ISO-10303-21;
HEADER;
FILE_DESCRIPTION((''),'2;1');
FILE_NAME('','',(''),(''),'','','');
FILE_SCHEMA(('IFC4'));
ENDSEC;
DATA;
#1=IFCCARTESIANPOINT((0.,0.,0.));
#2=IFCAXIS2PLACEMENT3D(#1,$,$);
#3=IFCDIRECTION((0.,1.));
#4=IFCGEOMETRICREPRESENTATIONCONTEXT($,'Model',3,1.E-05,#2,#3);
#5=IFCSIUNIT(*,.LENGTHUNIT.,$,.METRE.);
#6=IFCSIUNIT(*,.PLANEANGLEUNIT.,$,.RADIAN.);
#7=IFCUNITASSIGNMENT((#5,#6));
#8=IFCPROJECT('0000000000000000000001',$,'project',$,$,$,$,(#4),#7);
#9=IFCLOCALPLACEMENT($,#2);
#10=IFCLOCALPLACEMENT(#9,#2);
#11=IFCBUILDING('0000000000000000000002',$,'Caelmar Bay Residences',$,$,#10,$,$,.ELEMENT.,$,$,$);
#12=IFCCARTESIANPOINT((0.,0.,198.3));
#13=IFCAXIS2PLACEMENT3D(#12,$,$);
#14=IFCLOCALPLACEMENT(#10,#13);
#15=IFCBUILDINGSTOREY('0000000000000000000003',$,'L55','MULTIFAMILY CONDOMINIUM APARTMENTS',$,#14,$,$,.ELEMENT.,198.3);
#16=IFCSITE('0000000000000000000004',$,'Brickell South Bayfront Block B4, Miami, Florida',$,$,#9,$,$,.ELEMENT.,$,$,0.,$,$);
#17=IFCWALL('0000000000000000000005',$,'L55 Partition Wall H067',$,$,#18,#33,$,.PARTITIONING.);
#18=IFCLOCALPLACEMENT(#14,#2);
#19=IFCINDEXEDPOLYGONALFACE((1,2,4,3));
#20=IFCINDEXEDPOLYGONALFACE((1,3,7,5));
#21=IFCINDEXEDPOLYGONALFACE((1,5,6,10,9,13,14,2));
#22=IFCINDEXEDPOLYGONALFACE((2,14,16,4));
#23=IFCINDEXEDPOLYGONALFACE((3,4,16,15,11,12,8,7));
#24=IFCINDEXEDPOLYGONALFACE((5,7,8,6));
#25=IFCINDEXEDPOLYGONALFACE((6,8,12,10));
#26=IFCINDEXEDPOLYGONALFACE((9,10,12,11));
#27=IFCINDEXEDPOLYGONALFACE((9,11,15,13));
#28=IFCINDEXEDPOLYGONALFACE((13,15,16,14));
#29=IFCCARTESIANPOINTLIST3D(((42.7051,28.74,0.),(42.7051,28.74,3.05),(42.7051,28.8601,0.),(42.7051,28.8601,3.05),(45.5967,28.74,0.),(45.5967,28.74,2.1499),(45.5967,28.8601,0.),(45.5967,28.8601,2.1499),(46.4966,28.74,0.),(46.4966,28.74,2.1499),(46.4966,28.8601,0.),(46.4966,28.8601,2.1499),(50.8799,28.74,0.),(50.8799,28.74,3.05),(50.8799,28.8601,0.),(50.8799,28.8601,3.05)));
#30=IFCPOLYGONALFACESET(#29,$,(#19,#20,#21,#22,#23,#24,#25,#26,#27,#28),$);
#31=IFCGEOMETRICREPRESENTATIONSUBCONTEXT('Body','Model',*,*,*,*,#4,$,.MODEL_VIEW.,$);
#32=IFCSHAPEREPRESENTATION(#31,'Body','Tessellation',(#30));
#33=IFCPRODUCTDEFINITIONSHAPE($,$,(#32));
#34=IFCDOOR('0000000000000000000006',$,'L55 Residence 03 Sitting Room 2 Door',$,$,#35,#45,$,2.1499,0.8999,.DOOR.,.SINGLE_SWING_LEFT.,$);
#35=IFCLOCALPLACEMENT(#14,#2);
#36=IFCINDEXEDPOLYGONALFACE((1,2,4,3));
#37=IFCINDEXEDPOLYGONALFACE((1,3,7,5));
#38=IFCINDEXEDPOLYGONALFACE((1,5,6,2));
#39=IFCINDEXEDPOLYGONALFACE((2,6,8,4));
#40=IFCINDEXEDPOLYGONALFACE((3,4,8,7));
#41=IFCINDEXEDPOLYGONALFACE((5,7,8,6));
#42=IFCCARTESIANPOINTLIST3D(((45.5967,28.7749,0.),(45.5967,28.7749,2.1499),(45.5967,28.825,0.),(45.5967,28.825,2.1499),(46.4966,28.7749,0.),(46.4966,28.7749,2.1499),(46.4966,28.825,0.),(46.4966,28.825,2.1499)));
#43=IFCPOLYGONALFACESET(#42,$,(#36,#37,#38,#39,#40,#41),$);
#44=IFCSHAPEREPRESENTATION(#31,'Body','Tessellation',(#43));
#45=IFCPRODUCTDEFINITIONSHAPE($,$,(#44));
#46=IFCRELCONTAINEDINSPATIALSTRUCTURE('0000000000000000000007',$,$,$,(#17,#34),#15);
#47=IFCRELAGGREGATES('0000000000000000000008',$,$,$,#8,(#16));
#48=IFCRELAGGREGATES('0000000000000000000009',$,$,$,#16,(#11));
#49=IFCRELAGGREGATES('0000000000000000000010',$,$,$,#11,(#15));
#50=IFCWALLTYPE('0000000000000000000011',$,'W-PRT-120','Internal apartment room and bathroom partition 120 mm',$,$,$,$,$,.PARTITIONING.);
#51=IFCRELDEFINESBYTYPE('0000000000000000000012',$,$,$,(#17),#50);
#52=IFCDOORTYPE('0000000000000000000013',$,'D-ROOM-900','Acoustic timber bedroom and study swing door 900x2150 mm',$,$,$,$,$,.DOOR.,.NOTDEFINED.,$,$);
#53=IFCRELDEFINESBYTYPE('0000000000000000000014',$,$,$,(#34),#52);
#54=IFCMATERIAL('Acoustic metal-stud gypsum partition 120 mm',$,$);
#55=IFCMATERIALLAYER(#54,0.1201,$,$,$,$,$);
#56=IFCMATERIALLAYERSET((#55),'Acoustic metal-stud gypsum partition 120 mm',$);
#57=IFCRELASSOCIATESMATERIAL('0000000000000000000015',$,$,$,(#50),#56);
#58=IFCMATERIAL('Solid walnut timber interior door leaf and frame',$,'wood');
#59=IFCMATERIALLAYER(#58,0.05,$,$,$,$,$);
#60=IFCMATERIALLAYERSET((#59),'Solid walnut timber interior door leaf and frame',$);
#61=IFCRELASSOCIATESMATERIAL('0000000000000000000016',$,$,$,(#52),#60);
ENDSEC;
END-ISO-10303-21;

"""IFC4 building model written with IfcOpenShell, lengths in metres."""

from ifc_helpers import new_model, si_unit, direction, frame, frame_2d, origin, place, context, subcontext, project, spatial, rectangle, extrude, material, layer, layer_set, type_object, element, fill, save


model = new_model("IFC4")

# Units and contexts
model_context = context("Model", 3, precision=1e-05, world=origin(), true_north=direction((0.0, 1.0)))
body_context = subcontext(model_context, "Body", "Model", "MODEL_VIEW")
ifc_project = project(units=[si_unit("LENGTHUNIT", "METRE"), si_unit("PLANEANGLEUNIT", "RADIAN")], contexts=[model_context])

# Site, building, storey
site_placement = place(None, origin())
site = spatial("IfcSite", under=ifc_project, at=site_placement, Name="Brickell South Bayfront Block B4, Miami, Florida", CompositionType="ELEMENT", RefElevation=0.0)
building_placement = place(site_placement, origin())
building = spatial("IfcBuilding", under=site, at=building_placement, Name="Caelmar Bay Residences", CompositionType="ELEMENT")
storey_placement = place(building_placement, frame((0.0, 0.0, 198.3)))
storey = spatial("IfcBuildingStorey", under=building, at=storey_placement, Name="L55", Description="MULTIFAMILY CONDOMINIUM APARTMENTS", CompositionType="ELEMENT", Elevation=198.3)

# Wall, opening, door
ifc_material_1 = material(Name="Acoustic metal-stud gypsum partition 120 mm")
ifc_layer_1 = layer(ifc_material_1, 0.1201)
ifc_layer_set_1 = layer_set([ifc_layer_1], Name="Acoustic metal-stud gypsum partition 120 mm")
wall_type = type_object("IfcWallType", Name="W-PRT-120", Description="Internal apartment room and bathroom partition 120 mm", PredefinedType="PARTITIONING", material=ifc_layer_set_1)
ifc_material_2 = material(Name="Solid walnut timber interior door leaf and frame", Category="wood")
ifc_layer_2 = layer(ifc_material_2, 0.05)
ifc_layer_set_2 = layer_set([ifc_layer_2], Name="Solid walnut timber interior door leaf and frame")
door_type_1 = type_object("IfcDoorType", Name="D-ROOM-900", Description="Acoustic timber bedroom and study swing door 900x2150 mm", OperationType="NOTDEFINED", PredefinedType="DOOR", material=ifc_layer_set_2)
wall_1_placement = place(storey_placement, frame((42.7051, 28.8, 0.0), z_axis=(0.0, 0.0, 1.0), x_axis=(1.0, 0.0, 0.0)))
wall_1 = element("IfcWall", 1, at=wall_1_placement, inside=storey, type_object=wall_type, Name="L55 Partition Wall H067", PredefinedType="PARTITIONING", context=body_context, shape_type="SweptSolid", body=[
    extrude(rectangle(XDim=8.1748, YDim=0.1201, at=frame_2d((4.0874, 0.0))), origin(), (0.0, 0.0, 1.0), 3.05),
])
opening_1_placement = place(wall_1_placement, frame((2.8916, 0.0, 0.0)))
opening_1 = element("IfcOpeningElement", 2, at=opening_1_placement, cuts=wall_1, PredefinedType="OPENING", context=body_context, shape_type="SweptSolid", body=[
    extrude(rectangle(XDim=0.8999, YDim=2.1499, at=frame_2d((0.45, 1.075))), frame((0.0, 0.0701, 0.0), z_axis=(0.0, -1.0, 0.0), x_axis=(1.0, 0.0, 0.0)), (0.0, 0.0, 1.0), 0.1401),
])
door_1_placement = place(opening_1_placement, origin())
door_1 = element("IfcDoor", 3, at=door_1_placement, inside=storey, type_object=door_type_1, Name="L55 Residence 03 Sitting Room 2 Door", OperationType="SINGLE_SWING_LEFT", OverallHeight=2.1499, OverallWidth=0.8999, PredefinedType="DOOR", context=body_context, shape_type="SweptSolid", body=[
    extrude(rectangle(XDim=0.8999, YDim=2.1499, at=frame_2d((0.45, 1.075))), frame((0.0, 0.0249, 0.0), z_axis=(0.0, -1.0, 0.0), x_axis=(1.0, 0.0, 0.0)), (0.0, 0.0, 1.0), 0.05),
])
fill(opening_1, door_1)

save(model, "model.ifc")
